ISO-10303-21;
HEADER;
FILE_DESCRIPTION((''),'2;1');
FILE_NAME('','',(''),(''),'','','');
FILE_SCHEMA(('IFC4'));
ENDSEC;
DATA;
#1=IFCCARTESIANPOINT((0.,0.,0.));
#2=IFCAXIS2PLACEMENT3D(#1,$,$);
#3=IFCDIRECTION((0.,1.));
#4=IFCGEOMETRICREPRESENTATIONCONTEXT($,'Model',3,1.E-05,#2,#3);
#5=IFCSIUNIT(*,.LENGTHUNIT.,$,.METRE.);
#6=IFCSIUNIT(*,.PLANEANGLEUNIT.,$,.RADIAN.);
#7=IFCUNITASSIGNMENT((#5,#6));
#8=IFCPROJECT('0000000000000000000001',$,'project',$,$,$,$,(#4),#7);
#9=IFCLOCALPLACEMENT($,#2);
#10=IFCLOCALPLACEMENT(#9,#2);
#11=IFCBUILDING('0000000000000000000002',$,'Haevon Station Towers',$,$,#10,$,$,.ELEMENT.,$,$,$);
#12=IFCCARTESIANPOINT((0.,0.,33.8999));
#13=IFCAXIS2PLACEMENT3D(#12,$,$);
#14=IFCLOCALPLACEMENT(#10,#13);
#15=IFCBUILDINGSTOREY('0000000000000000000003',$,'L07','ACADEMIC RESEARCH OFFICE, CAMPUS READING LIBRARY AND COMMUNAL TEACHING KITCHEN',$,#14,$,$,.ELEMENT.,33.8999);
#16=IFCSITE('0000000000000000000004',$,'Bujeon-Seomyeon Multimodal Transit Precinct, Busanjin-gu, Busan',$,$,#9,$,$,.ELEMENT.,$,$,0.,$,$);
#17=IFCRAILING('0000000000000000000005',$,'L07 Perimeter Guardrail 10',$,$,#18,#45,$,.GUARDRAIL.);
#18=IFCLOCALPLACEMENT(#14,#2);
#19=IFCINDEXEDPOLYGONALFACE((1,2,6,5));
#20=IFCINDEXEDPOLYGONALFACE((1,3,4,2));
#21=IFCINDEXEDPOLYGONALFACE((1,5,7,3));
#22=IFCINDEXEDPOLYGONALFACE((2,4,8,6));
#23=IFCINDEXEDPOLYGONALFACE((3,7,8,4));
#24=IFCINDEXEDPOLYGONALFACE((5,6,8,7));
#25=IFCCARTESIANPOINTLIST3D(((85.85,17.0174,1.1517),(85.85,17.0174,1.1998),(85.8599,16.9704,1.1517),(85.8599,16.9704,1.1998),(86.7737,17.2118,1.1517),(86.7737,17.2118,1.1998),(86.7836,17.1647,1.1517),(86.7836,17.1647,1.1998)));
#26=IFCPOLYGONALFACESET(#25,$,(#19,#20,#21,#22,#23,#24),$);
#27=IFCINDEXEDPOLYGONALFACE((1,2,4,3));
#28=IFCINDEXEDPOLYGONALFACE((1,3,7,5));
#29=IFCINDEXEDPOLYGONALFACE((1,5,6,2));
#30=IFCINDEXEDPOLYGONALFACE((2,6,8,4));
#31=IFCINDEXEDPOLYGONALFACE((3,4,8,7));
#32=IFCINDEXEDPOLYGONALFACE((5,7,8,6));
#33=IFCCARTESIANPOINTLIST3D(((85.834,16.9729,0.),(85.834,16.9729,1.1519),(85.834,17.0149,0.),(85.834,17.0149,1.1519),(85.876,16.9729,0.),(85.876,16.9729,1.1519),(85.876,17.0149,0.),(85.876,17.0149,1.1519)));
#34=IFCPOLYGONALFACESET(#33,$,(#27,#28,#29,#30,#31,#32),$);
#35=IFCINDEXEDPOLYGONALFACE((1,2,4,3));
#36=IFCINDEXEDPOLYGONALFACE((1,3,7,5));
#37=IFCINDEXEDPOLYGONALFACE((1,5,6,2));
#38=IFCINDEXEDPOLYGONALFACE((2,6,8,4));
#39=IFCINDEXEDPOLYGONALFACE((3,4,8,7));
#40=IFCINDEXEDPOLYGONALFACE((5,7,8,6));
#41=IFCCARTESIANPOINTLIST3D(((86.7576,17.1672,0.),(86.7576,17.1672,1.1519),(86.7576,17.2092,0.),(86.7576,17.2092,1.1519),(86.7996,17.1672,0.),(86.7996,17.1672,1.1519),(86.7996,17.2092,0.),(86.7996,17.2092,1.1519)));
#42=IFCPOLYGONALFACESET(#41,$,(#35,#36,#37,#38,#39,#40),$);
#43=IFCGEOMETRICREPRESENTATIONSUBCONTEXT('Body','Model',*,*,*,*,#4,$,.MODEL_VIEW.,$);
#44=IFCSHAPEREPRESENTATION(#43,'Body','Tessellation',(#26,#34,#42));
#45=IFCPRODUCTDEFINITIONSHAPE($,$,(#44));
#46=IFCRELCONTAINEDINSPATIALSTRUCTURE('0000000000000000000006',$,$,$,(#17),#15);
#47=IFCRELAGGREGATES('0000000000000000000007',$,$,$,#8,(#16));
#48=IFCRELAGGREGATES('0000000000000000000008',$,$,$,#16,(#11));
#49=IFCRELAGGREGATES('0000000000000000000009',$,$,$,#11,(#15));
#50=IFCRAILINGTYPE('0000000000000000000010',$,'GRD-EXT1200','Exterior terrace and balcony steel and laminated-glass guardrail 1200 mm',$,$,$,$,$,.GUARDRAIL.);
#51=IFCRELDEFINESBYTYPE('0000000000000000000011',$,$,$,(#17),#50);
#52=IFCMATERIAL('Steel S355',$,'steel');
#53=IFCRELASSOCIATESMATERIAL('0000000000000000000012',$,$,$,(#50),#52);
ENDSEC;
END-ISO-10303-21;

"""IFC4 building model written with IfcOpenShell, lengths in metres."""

from ifc_helpers import new_model, si_unit, direction, frame, origin, origin_2d, place, context, subcontext, project, spatial, rectangle, extrude, material, type_object, element, save


model = new_model("IFC4")

# Units and contexts
model_context = context("Model", 3, precision=1e-05, world=origin(), true_north=direction((0.0, 1.0)))
body_context = subcontext(model_context, "Body", "Model", "MODEL_VIEW")
ifc_project = project(units=[si_unit("LENGTHUNIT", "METRE"), si_unit("PLANEANGLEUNIT", "RADIAN")], contexts=[model_context])

# Site, building, storey
site_placement = place(None, origin())
site = spatial("IfcSite", under=ifc_project, at=site_placement, Name="Bujeon-Seomyeon Multimodal Transit Precinct, Busanjin-gu, Busan", CompositionType="ELEMENT", RefElevation=0.0)
building_placement = place(site_placement, origin())
building = spatial("IfcBuilding", under=site, at=building_placement, Name="Haevon Station Towers", CompositionType="ELEMENT")
storey_placement = place(building_placement, frame((0.0, 0.0, 33.8999)))
storey = spatial("IfcBuildingStorey", under=building, at=storey_placement, Name="L07", Description="ACADEMIC RESEARCH OFFICE, CAMPUS READING LIBRARY AND COMMUNAL TEACHING KITCHEN", CompositionType="ELEMENT", Elevation=33.8999)

# Shared definitions
ifc_material_1 = material(Name="Steel S355", Category="steel")

# Railing
railing_type = type_object("IfcRailingType", Name="GRD-EXT1200", Description="Exterior terrace and balcony steel and laminated-glass guardrail 1200 mm", PredefinedType="GUARDRAIL", material=ifc_material_1)
railing_1_placement = place(storey_placement, frame((85.855, 16.9939, 0.0)))
element("IfcRailing", 1, at=railing_1_placement, inside=storey, type_object=railing_type, Name="L07 Perimeter Guardrail 10", PredefinedType="GUARDRAIL", context=body_context, shape_type="SweptSolid", body=[
    extrude(rectangle(XDim=0.0481, YDim=0.0481, at=origin_2d()), frame((0.0, 0.0, 1.1758), z_axis=(0.978572, 0.205906, 0.0), x_axis=(-0.205906, 0.978572, 0.0)), (0.0, 0.0, 1.0), 0.9438),
    extrude(rectangle(XDim=0.042, YDim=0.042, at=origin_2d()), origin(), (0.0, 0.0, 1.0), 1.1519),
    extrude(rectangle(XDim=0.042, YDim=0.042, at=origin_2d()), frame((0.9236, 0.1943, 0.0)), (0.0, 0.0, 1.0), 1.1519),
])

save(model, "model.ifc")
